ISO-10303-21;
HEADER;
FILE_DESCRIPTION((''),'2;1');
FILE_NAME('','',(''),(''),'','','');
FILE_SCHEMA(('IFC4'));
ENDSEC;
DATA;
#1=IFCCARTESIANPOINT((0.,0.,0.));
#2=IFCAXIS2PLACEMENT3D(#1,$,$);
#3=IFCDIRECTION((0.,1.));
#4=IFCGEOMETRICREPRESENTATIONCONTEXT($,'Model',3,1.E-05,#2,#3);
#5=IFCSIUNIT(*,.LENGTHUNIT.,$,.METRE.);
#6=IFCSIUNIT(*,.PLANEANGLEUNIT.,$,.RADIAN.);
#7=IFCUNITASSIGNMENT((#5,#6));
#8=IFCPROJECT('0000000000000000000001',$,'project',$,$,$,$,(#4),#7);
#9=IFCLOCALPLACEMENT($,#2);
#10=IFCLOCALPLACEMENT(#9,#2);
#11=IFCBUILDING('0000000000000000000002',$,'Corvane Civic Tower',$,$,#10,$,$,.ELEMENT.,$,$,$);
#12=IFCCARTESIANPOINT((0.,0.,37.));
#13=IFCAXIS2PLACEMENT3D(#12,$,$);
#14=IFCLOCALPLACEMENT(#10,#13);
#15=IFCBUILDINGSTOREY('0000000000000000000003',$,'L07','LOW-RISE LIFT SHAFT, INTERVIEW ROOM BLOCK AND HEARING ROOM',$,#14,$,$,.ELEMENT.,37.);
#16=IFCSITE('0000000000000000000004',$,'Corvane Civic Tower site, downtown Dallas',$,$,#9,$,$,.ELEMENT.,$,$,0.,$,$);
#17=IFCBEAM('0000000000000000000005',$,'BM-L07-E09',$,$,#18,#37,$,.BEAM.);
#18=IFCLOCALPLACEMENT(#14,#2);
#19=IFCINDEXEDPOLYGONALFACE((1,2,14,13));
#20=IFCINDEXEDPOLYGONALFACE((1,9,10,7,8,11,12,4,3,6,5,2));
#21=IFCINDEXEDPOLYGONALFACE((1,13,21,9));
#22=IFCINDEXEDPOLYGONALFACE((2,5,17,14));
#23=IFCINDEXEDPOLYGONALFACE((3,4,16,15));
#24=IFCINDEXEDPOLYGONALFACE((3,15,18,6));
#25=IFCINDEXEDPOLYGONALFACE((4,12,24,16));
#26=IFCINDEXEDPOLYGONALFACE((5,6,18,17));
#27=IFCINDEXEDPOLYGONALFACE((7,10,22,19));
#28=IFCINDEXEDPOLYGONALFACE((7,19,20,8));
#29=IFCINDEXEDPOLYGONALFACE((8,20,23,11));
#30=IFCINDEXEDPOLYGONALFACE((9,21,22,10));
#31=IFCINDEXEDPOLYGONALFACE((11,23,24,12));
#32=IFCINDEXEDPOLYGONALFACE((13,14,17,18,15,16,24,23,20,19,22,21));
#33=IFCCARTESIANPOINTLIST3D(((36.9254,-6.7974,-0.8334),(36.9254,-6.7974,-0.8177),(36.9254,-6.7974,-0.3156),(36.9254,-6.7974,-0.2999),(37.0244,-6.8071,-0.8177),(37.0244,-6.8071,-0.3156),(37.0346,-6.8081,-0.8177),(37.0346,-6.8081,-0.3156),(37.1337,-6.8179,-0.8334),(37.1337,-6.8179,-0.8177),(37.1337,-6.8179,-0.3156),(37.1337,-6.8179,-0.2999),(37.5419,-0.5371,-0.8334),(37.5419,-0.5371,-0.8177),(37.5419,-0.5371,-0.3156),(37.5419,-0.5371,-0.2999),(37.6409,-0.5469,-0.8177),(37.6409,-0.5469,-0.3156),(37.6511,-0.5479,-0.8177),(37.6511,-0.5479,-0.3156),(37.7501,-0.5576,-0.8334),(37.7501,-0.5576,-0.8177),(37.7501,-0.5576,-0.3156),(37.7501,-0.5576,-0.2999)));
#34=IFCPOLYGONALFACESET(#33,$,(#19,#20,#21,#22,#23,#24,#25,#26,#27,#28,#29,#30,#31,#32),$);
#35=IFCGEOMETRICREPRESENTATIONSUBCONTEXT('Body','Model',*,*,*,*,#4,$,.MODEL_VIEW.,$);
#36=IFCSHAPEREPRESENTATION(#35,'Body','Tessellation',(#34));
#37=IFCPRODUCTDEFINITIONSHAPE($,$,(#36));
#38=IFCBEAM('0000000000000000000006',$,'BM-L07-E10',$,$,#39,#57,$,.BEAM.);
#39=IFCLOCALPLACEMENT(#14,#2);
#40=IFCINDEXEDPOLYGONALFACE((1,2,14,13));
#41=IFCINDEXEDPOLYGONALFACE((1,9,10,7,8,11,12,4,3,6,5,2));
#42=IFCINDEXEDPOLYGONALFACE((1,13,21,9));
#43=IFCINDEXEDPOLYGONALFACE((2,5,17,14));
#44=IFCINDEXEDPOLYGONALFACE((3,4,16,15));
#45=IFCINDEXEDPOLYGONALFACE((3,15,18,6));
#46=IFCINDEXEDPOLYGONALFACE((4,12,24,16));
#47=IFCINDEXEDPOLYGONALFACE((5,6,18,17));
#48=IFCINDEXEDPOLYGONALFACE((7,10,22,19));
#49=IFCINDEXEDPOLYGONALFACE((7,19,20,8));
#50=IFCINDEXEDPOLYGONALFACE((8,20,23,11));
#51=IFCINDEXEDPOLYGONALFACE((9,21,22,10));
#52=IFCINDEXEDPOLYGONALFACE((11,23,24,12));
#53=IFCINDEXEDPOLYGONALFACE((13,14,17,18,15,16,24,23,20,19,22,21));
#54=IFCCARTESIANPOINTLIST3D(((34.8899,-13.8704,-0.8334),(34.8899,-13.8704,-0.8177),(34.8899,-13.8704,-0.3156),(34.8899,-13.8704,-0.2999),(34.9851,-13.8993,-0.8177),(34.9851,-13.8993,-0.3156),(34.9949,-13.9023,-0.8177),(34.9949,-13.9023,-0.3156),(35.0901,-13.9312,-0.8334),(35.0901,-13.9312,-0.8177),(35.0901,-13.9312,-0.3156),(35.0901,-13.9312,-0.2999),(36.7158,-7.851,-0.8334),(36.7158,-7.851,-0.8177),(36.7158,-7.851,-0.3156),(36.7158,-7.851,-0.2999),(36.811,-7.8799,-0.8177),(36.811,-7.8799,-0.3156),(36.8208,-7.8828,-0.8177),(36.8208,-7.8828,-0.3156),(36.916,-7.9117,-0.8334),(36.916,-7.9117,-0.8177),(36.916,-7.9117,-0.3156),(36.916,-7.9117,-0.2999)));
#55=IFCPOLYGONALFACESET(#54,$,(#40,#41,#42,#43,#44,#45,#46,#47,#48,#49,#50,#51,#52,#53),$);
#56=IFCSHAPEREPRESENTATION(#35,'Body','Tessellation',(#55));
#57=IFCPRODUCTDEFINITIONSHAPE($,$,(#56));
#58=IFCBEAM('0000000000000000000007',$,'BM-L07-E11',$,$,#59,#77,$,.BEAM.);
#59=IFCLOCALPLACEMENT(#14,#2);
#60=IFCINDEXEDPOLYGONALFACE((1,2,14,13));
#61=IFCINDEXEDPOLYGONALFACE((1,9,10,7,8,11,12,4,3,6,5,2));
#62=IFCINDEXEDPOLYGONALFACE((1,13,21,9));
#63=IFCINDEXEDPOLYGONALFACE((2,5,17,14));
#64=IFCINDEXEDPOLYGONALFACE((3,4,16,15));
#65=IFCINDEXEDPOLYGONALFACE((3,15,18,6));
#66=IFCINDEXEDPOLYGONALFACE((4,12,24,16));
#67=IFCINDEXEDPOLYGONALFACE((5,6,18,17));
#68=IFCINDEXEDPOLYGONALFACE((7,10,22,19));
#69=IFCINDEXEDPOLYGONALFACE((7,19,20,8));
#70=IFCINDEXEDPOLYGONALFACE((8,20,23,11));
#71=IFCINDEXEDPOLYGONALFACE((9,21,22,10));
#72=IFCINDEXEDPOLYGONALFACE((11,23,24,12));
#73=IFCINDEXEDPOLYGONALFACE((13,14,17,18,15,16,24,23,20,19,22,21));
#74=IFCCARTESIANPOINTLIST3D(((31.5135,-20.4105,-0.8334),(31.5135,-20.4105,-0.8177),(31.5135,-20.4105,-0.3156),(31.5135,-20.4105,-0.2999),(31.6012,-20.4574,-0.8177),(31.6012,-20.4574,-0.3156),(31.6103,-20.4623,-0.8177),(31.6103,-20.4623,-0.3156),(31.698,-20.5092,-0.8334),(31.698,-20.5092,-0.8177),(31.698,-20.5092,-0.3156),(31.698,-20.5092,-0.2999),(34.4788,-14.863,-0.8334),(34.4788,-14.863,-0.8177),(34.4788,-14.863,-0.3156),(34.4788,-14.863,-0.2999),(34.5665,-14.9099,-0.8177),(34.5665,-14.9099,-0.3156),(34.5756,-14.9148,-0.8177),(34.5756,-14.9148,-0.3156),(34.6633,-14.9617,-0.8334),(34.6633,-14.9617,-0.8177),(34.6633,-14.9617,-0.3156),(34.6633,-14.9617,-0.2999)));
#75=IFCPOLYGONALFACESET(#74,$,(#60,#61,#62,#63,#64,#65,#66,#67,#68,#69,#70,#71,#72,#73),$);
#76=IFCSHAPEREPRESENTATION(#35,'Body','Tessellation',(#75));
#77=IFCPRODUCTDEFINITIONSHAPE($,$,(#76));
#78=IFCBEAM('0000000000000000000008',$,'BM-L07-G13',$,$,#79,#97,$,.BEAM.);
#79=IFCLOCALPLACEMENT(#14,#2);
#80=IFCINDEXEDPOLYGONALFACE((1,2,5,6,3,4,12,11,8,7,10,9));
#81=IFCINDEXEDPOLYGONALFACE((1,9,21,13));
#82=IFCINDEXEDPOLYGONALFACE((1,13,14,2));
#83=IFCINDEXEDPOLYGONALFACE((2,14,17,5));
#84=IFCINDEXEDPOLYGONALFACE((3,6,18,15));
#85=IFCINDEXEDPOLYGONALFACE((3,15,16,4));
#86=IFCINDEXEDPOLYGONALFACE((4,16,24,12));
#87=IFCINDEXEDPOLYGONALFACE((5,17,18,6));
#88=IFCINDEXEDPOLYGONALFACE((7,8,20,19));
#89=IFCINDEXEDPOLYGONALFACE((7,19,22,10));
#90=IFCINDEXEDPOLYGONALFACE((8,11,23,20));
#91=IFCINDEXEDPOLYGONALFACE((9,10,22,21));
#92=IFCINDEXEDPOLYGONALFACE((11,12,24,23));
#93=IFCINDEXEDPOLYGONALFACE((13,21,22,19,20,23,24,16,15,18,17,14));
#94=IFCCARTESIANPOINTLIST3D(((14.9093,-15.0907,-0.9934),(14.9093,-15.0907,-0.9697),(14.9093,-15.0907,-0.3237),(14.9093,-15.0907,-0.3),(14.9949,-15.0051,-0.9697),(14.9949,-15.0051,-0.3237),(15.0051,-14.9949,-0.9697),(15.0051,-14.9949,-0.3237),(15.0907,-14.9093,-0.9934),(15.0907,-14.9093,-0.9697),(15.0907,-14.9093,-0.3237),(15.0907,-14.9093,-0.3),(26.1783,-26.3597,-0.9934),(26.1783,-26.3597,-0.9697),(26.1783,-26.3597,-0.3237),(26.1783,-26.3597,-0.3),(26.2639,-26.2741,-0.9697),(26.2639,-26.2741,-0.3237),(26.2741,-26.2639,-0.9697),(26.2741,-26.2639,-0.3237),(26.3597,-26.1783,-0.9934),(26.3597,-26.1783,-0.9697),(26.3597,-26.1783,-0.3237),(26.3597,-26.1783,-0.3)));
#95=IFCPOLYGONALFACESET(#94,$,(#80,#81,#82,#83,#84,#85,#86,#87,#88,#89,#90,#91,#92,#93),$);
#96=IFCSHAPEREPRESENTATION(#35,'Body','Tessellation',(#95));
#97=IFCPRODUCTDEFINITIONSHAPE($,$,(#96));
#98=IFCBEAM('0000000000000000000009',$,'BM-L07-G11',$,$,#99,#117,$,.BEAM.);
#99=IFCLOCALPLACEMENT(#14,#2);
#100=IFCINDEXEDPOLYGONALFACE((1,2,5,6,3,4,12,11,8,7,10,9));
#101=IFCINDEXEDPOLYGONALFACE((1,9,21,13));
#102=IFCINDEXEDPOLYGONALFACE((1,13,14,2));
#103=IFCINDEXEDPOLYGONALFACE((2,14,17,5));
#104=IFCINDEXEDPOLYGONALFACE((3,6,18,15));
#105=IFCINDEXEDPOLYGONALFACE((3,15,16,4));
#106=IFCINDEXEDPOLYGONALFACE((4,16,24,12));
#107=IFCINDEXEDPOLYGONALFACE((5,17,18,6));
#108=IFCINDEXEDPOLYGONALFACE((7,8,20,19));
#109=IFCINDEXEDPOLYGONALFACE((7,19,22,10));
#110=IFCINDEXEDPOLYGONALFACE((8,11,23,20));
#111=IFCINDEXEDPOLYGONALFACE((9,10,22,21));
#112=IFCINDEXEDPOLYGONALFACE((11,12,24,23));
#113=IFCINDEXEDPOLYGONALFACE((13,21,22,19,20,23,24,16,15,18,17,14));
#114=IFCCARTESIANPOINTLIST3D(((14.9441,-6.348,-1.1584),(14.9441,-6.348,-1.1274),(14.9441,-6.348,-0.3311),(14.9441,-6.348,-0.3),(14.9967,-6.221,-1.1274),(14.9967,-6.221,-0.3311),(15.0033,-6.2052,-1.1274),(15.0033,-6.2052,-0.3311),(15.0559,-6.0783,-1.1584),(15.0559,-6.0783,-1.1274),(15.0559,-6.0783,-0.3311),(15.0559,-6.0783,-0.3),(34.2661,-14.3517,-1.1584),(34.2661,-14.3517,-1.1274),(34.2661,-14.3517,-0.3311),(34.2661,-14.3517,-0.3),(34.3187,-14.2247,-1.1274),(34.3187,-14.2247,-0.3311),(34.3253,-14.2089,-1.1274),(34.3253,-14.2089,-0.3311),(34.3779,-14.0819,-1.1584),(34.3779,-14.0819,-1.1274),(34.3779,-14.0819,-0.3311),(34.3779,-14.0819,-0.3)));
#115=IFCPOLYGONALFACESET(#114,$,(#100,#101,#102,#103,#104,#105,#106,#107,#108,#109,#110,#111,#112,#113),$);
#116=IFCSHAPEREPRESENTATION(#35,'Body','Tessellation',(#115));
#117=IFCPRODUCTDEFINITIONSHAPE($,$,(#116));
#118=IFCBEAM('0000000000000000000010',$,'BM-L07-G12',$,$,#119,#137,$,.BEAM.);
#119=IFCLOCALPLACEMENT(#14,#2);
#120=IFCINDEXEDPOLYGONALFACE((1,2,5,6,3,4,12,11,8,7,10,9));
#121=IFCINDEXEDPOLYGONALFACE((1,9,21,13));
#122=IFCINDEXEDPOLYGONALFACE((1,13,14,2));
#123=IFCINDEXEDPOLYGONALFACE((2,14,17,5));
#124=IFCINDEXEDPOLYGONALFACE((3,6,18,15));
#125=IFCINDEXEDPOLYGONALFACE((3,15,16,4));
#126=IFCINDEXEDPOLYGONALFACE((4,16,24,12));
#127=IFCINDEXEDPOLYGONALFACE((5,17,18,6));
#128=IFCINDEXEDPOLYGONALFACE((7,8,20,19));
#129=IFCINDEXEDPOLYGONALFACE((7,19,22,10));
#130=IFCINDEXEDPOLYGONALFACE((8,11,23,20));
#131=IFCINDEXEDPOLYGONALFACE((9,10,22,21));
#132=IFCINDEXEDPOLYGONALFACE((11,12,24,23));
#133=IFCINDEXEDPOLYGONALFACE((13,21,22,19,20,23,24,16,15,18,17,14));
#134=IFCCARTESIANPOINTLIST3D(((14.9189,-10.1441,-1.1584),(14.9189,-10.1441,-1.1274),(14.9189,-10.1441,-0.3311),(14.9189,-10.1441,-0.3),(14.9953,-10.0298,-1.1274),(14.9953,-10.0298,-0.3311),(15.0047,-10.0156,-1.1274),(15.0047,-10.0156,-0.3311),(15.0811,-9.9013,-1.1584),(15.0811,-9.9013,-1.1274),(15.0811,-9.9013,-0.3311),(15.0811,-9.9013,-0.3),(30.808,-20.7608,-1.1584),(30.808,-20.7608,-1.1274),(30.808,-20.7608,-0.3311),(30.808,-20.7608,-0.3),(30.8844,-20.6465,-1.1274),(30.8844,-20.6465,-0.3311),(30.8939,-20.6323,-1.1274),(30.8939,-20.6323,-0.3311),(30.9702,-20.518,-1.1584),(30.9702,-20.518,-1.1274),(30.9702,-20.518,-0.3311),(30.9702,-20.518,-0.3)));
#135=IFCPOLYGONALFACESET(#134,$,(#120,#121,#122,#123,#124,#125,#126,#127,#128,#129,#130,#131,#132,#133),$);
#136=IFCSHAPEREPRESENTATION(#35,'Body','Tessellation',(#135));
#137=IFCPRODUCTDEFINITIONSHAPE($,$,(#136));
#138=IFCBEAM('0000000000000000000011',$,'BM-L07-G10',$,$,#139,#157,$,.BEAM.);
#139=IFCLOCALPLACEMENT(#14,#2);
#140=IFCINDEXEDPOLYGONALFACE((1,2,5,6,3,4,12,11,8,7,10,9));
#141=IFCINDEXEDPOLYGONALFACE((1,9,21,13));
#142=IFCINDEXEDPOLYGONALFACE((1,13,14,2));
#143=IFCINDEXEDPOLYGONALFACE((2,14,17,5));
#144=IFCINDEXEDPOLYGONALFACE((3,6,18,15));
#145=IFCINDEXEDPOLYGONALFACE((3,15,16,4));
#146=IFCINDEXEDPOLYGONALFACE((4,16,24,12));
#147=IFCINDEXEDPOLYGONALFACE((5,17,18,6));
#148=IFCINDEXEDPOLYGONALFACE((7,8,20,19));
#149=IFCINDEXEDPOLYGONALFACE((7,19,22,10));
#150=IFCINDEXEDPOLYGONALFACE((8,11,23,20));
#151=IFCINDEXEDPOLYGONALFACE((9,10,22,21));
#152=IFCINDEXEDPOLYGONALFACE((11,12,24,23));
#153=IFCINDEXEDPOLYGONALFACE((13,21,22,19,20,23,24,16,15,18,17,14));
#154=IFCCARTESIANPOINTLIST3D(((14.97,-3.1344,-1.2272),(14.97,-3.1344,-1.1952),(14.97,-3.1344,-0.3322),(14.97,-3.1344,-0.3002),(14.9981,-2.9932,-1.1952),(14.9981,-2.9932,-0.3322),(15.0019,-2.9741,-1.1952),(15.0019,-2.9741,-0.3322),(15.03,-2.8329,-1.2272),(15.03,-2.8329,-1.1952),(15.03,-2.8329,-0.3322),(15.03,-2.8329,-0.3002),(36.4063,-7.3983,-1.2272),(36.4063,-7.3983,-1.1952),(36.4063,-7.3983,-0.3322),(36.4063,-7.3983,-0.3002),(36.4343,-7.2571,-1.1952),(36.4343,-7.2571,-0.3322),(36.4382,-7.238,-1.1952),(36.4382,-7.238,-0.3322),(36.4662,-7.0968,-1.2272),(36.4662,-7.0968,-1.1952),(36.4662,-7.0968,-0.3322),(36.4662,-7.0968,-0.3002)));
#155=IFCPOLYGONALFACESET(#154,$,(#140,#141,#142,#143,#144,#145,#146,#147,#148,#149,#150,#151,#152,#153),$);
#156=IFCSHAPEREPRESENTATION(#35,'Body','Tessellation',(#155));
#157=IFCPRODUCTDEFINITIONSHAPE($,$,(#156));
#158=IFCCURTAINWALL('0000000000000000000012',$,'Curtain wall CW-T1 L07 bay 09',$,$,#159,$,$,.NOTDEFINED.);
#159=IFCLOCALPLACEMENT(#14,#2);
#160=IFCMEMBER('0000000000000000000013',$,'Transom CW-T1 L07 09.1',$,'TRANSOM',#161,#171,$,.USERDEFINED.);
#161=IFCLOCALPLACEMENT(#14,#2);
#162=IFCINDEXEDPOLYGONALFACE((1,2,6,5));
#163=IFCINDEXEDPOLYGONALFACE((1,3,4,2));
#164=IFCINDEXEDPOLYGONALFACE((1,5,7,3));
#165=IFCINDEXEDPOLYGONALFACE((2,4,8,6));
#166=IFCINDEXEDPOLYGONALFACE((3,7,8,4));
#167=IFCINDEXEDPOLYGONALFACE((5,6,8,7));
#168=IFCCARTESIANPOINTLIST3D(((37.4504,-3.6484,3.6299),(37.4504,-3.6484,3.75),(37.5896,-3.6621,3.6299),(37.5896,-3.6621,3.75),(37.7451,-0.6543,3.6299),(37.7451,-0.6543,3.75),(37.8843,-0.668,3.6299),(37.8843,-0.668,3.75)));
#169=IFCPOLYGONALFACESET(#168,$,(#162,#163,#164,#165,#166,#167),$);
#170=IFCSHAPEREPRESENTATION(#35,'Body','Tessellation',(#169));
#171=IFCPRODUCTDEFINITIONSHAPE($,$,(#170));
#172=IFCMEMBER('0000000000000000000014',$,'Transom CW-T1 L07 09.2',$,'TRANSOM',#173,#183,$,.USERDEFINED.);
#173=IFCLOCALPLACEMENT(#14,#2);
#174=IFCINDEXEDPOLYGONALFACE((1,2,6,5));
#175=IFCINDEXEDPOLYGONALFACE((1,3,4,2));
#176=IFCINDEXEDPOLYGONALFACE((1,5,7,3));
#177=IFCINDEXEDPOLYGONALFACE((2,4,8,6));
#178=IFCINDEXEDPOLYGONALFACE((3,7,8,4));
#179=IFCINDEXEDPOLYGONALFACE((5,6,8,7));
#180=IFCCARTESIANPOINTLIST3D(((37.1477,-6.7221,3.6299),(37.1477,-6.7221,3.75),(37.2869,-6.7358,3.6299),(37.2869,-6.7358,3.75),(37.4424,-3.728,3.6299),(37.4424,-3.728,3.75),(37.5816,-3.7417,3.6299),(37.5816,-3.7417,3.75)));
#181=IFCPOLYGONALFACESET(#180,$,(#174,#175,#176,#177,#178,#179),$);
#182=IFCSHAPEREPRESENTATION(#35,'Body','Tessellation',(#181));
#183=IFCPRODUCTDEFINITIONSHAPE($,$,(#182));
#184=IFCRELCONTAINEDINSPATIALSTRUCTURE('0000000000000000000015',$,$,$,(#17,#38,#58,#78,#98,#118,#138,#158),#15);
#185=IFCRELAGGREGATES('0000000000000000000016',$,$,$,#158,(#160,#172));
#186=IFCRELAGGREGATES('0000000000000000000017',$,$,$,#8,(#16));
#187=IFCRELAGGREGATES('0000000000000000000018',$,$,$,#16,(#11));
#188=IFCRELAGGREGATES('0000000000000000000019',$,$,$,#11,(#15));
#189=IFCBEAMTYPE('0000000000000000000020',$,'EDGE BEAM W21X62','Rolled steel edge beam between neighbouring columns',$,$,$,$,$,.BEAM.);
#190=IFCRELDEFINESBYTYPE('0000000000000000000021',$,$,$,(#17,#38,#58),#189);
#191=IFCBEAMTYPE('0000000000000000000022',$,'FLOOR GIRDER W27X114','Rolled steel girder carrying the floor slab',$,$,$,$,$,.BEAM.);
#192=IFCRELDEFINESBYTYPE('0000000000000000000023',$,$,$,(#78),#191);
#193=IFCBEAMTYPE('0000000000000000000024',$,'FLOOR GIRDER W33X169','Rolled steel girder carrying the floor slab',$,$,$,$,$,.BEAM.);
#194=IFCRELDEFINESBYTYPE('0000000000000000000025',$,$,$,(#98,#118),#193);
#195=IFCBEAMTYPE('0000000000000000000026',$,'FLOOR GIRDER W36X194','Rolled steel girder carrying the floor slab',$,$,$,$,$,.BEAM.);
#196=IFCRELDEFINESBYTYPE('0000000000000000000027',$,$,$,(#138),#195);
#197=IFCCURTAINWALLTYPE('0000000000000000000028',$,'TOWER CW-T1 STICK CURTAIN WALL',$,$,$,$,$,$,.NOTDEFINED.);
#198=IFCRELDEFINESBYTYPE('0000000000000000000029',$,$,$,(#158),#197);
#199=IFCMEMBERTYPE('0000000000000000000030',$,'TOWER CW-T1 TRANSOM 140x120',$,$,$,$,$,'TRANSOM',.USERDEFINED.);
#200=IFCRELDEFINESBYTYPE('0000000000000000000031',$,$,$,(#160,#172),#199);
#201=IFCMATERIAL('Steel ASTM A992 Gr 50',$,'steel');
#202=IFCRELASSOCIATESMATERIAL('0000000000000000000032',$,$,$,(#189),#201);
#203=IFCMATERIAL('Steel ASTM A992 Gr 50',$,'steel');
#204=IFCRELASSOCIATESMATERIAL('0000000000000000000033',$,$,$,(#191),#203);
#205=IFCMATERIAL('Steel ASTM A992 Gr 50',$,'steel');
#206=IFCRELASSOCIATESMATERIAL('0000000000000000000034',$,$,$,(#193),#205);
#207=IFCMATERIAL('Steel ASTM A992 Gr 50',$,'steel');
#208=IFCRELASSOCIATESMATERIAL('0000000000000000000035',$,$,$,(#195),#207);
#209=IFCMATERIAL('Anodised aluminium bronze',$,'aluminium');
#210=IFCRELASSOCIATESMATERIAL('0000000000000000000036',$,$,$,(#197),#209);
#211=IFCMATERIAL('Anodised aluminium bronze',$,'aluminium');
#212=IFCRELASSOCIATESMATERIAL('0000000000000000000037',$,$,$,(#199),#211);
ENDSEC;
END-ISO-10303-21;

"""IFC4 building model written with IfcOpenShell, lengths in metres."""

from ifc_helpers import new_model, si_unit, direction, frame, origin, origin_2d, place, context, subcontext, project, spatial, rectangle, i_section, extrude, material, material_profile, profile_set, type_object, element, aggregate, save


model = new_model("IFC4")

# Units and contexts
model_context = context("Model", 3, precision=1e-05, world=origin(), true_north=direction((0.0, 1.0)))
body_context = subcontext(model_context, "Body", "Model", "MODEL_VIEW")
ifc_project = project(units=[si_unit("LENGTHUNIT", "METRE"), si_unit("PLANEANGLEUNIT", "RADIAN")], contexts=[model_context])

# Site, building, storey
site_placement = place(None, origin())
site = spatial("IfcSite", under=ifc_project, at=site_placement, Name="Corvane Civic Tower site, downtown Dallas", CompositionType="ELEMENT", RefElevation=0.0)
building_placement = place(site_placement, origin())
building = spatial("IfcBuilding", under=site, at=building_placement, Name="Corvane Civic Tower", CompositionType="ELEMENT")
storey_placement = place(building_placement, frame((0.0, 0.0, 37.0)))
storey = spatial("IfcBuildingStorey", under=building, at=storey_placement, Name="L07", Description="LOW-RISE LIFT SHAFT, INTERVIEW ROOM BLOCK AND HEARING ROOM", CompositionType="ELEMENT", Elevation=37.0)

# Beams
ifc_material_1 = material(Name="Steel ASTM A992 Gr 50", Category="steel")
ifc_material_profile_1 = material_profile(ifc_material_1, i_section(OverallWidth=0.2092, OverallDepth=0.5334, WebThickness=0.0103, FlangeThickness=0.0156, at=origin_2d()), Name="W21X62")
ifc_profile_set_1 = profile_set([ifc_material_profile_1], Name="Steel ASTM A992 Gr 50")
beam_type_1 = type_object("IfcBeamType", Name="EDGE BEAM W21X62", Description="Rolled steel edge beam between neighbouring columns", PredefinedType="BEAM", material=ifc_profile_set_1)
beam_1_placement = place(storey_placement, frame((37.646, -0.5474, -0.5667), z_axis=(-0.097997, -0.995187, 0.0), x_axis=(0.995187, -0.097997, 0.0)))
element("IfcBeam", 1, at=beam_1_placement, inside=storey, type_object=beam_type_1, Name="BM-L07-E09", PredefinedType="BEAM", context=body_context, shape_type="SweptSolid", body=[
    extrude(i_section(OverallWidth=0.2092, OverallDepth=0.5334, WebThickness=0.0103, FlangeThickness=0.0156, at=origin_2d()), origin(), (0.0, 0.0, 1.0), 6.2905),
])
for number, where, z_axis, x_axis, name in (
    (2, (36.8159, -7.8813, -0.5667), (-0.290273, -0.956944, 0.0), (0.956944, -0.290273, 0.0), "BM-L07-E10"),
    (3, (34.571, -14.9124, -0.5667), (-0.471406, -0.881916, 0.0), (0.881916, -0.471406, 0.0), "BM-L07-E11"),
):
    element("IfcBeam", number, at=place(storey_placement, frame(where, z_axis=z_axis, x_axis=x_axis)), inside=storey, type_object=beam_type_1, Name=name, PredefinedType="BEAM", context=body_context, shape_type="SweptSolid", body=[
        extrude(i_section(OverallWidth=0.2092, OverallDepth=0.5334, WebThickness=0.0103, FlangeThickness=0.0156, at=origin_2d()), origin(), (0.0, 0.0, 1.0), 6.2903),
    ])
ifc_material_2 = material(Name="Steel ASTM A992 Gr 50", Category="steel")
ifc_material_profile_2 = material_profile(ifc_material_2, i_section(OverallWidth=0.2566, OverallDepth=0.6934, WebThickness=0.0144, FlangeThickness=0.0237, at=origin_2d()), Name="W27X114")
ifc_profile_set_2 = profile_set([ifc_material_profile_2], Name="Steel ASTM A992 Gr 50")
beam_type_2 = type_object("IfcBeamType", Name="FLOOR GIRDER W27X114", Description="Rolled steel girder carrying the floor slab", PredefinedType="BEAM", material=ifc_profile_set_2)
beam_2_placement = place(storey_placement, frame((15.0, -15.0, -0.6467), z_axis=(0.707107, -0.707107, 0.0), x_axis=(0.707107, 0.707107, 0.0)))
element("IfcBeam", 4, at=beam_2_placement, inside=storey, type_object=beam_type_2, Name="BM-L07-G13", PredefinedType="BEAM", context=body_context, shape_type="SweptSolid", body=[
    extrude(i_section(OverallWidth=0.2566, OverallDepth=0.6934, WebThickness=0.0144, FlangeThickness=0.0237, at=origin_2d()), origin(), (0.0, 0.0, 1.0), 15.9368),
])
ifc_material_3 = material(Name="Steel ASTM A992 Gr 50", Category="steel")
ifc_material_profile_3 = material_profile(ifc_material_3, i_section(OverallWidth=0.292, OverallDepth=0.8584, WebThickness=0.0171, FlangeThickness=0.031, at=origin_2d()), Name="W33X169")
ifc_profile_set_3 = profile_set([ifc_material_profile_3], Name="Steel ASTM A992 Gr 50")
beam_type_3 = type_object("IfcBeamType", Name="FLOOR GIRDER W33X169", Description="Rolled steel girder carrying the floor slab", PredefinedType="BEAM", material=ifc_profile_set_3)
beam_3_placement = place(storey_placement, frame((15.0, -6.2131, -0.7292), z_axis=(0.923876, -0.382692, 0.0), x_axis=(0.382692, 0.923876, 0.0)))
element("IfcBeam", 5, at=beam_3_placement, inside=storey, type_object=beam_type_3, Name="BM-L07-G11", PredefinedType="BEAM", context=body_context, shape_type="SweptSolid", body=[
    extrude(i_section(OverallWidth=0.292, OverallDepth=0.8584, WebThickness=0.0171, FlangeThickness=0.031, at=origin_2d()), origin(), (0.0, 0.0, 1.0), 20.9141),
])
beam_4_placement = place(storey_placement, frame((15.0, -10.0227, -0.7292), z_axis=(0.831472, -0.555567, 0.0), x_axis=(0.555567, 0.831472, 0.0)))
element("IfcBeam", 6, at=beam_4_placement, inside=storey, type_object=beam_type_3, Name="BM-L07-G12", PredefinedType="BEAM", context=body_context, shape_type="SweptSolid", body=[
    extrude(i_section(OverallWidth=0.292, OverallDepth=0.8584, WebThickness=0.0171, FlangeThickness=0.031, at=origin_2d()), origin(), (0.0, 0.0, 1.0), 19.1096),
])
ifc_material_4 = material(Name="Steel ASTM A992 Gr 50", Category="steel")
ifc_material_profile_4 = material_profile(ifc_material_4, i_section(OverallWidth=0.3074, OverallDepth=0.927, WebThickness=0.0195, FlangeThickness=0.032, at=origin_2d()), Name="W36X194")
ifc_profile_set_4 = profile_set([ifc_material_profile_4], Name="Steel ASTM A992 Gr 50")
beam_type_4 = type_object("IfcBeamType", Name="FLOOR GIRDER W36X194", Description="Rolled steel girder carrying the floor slab", PredefinedType="BEAM", material=ifc_profile_set_4)
beam_5_placement = place(storey_placement, frame((15.0, -2.9836, -0.7637), z_axis=(0.980785, -0.195089, 0.0), x_axis=(0.195089, 0.980785, 0.0)))
element("IfcBeam", 7, at=beam_5_placement, inside=storey, type_object=beam_type_4, Name="BM-L07-G10", PredefinedType="BEAM", context=body_context, shape_type="SweptSolid", body=[
    extrude(i_section(OverallWidth=0.3074, OverallDepth=0.927, WebThickness=0.0195, FlangeThickness=0.032, at=origin_2d()), origin(), (0.0, 0.0, 1.0), 21.8562),
])

# Curtain wall, members
ifc_material_5 = material(Name="Anodised aluminium bronze", Category="aluminium")
curtain_wall_type = type_object("IfcCurtainWallType", Name="TOWER CW-T1 STICK CURTAIN WALL", PredefinedType="NOTDEFINED", material=ifc_material_5)
curtain_wall_1_placement = place(storey_placement, origin())
curtain_wall_1 = element("IfcCurtainWall", 8, at=curtain_wall_1_placement, inside=storey, type_object=curtain_wall_type, Name="Curtain wall CW-T1 L07 bay 09", PredefinedType="NOTDEFINED")
ifc_material_6 = material(Name="Anodised aluminium bronze", Category="aluminium")
ifc_material_profile_5 = material_profile(ifc_material_6, rectangle(XDim=0.1399, YDim=0.1201, at=origin_2d()), Name="TOWER CW-T1 TRANSOM 140x120")
ifc_profile_set_5 = profile_set([ifc_material_profile_5], Name="Anodised aluminium bronze")
member_type_1 = type_object("IfcMemberType", Name="TOWER CW-T1 TRANSOM 140x120", ElementType="TRANSOM", PredefinedType="USERDEFINED", material=ifc_profile_set_5)
member_1_placement = place(storey_placement, frame((37.8147, -0.6611, 3.6899), z_axis=(-0.097945, -0.995192, 0.0), x_axis=(0.995192, -0.097945, 0.0)))
member_1 = element("IfcMember", 9, at=member_1_placement, type_object=member_type_1, Name="Transom CW-T1 L07 09.1", ObjectType="TRANSOM", PredefinedType="USERDEFINED", context=body_context, shape_type="SweptSolid", body=[
    extrude(rectangle(XDim=0.1399, YDim=0.1201, at=origin_2d()), origin(), (0.0, 0.0, 1.0), 3.0085),
])
member_2_placement = place(storey_placement, frame((37.512, -3.7349, 3.6899), z_axis=(-0.097945, -0.995192, 0.0), x_axis=(0.995192, -0.097945, 0.0)))
member_2 = element("IfcMember", 10, at=member_2_placement, type_object=member_type_1, Name="Transom CW-T1 L07 09.2", ObjectType="TRANSOM", PredefinedType="USERDEFINED", context=body_context, shape_type="SweptSolid", body=[
    extrude(rectangle(XDim=0.1399, YDim=0.1201, at=origin_2d()), origin(), (0.0, 0.0, 1.0), 3.0085),
])

aggregate(curtain_wall_1, [member_1, member_2])

save(model, "model.ifc")
